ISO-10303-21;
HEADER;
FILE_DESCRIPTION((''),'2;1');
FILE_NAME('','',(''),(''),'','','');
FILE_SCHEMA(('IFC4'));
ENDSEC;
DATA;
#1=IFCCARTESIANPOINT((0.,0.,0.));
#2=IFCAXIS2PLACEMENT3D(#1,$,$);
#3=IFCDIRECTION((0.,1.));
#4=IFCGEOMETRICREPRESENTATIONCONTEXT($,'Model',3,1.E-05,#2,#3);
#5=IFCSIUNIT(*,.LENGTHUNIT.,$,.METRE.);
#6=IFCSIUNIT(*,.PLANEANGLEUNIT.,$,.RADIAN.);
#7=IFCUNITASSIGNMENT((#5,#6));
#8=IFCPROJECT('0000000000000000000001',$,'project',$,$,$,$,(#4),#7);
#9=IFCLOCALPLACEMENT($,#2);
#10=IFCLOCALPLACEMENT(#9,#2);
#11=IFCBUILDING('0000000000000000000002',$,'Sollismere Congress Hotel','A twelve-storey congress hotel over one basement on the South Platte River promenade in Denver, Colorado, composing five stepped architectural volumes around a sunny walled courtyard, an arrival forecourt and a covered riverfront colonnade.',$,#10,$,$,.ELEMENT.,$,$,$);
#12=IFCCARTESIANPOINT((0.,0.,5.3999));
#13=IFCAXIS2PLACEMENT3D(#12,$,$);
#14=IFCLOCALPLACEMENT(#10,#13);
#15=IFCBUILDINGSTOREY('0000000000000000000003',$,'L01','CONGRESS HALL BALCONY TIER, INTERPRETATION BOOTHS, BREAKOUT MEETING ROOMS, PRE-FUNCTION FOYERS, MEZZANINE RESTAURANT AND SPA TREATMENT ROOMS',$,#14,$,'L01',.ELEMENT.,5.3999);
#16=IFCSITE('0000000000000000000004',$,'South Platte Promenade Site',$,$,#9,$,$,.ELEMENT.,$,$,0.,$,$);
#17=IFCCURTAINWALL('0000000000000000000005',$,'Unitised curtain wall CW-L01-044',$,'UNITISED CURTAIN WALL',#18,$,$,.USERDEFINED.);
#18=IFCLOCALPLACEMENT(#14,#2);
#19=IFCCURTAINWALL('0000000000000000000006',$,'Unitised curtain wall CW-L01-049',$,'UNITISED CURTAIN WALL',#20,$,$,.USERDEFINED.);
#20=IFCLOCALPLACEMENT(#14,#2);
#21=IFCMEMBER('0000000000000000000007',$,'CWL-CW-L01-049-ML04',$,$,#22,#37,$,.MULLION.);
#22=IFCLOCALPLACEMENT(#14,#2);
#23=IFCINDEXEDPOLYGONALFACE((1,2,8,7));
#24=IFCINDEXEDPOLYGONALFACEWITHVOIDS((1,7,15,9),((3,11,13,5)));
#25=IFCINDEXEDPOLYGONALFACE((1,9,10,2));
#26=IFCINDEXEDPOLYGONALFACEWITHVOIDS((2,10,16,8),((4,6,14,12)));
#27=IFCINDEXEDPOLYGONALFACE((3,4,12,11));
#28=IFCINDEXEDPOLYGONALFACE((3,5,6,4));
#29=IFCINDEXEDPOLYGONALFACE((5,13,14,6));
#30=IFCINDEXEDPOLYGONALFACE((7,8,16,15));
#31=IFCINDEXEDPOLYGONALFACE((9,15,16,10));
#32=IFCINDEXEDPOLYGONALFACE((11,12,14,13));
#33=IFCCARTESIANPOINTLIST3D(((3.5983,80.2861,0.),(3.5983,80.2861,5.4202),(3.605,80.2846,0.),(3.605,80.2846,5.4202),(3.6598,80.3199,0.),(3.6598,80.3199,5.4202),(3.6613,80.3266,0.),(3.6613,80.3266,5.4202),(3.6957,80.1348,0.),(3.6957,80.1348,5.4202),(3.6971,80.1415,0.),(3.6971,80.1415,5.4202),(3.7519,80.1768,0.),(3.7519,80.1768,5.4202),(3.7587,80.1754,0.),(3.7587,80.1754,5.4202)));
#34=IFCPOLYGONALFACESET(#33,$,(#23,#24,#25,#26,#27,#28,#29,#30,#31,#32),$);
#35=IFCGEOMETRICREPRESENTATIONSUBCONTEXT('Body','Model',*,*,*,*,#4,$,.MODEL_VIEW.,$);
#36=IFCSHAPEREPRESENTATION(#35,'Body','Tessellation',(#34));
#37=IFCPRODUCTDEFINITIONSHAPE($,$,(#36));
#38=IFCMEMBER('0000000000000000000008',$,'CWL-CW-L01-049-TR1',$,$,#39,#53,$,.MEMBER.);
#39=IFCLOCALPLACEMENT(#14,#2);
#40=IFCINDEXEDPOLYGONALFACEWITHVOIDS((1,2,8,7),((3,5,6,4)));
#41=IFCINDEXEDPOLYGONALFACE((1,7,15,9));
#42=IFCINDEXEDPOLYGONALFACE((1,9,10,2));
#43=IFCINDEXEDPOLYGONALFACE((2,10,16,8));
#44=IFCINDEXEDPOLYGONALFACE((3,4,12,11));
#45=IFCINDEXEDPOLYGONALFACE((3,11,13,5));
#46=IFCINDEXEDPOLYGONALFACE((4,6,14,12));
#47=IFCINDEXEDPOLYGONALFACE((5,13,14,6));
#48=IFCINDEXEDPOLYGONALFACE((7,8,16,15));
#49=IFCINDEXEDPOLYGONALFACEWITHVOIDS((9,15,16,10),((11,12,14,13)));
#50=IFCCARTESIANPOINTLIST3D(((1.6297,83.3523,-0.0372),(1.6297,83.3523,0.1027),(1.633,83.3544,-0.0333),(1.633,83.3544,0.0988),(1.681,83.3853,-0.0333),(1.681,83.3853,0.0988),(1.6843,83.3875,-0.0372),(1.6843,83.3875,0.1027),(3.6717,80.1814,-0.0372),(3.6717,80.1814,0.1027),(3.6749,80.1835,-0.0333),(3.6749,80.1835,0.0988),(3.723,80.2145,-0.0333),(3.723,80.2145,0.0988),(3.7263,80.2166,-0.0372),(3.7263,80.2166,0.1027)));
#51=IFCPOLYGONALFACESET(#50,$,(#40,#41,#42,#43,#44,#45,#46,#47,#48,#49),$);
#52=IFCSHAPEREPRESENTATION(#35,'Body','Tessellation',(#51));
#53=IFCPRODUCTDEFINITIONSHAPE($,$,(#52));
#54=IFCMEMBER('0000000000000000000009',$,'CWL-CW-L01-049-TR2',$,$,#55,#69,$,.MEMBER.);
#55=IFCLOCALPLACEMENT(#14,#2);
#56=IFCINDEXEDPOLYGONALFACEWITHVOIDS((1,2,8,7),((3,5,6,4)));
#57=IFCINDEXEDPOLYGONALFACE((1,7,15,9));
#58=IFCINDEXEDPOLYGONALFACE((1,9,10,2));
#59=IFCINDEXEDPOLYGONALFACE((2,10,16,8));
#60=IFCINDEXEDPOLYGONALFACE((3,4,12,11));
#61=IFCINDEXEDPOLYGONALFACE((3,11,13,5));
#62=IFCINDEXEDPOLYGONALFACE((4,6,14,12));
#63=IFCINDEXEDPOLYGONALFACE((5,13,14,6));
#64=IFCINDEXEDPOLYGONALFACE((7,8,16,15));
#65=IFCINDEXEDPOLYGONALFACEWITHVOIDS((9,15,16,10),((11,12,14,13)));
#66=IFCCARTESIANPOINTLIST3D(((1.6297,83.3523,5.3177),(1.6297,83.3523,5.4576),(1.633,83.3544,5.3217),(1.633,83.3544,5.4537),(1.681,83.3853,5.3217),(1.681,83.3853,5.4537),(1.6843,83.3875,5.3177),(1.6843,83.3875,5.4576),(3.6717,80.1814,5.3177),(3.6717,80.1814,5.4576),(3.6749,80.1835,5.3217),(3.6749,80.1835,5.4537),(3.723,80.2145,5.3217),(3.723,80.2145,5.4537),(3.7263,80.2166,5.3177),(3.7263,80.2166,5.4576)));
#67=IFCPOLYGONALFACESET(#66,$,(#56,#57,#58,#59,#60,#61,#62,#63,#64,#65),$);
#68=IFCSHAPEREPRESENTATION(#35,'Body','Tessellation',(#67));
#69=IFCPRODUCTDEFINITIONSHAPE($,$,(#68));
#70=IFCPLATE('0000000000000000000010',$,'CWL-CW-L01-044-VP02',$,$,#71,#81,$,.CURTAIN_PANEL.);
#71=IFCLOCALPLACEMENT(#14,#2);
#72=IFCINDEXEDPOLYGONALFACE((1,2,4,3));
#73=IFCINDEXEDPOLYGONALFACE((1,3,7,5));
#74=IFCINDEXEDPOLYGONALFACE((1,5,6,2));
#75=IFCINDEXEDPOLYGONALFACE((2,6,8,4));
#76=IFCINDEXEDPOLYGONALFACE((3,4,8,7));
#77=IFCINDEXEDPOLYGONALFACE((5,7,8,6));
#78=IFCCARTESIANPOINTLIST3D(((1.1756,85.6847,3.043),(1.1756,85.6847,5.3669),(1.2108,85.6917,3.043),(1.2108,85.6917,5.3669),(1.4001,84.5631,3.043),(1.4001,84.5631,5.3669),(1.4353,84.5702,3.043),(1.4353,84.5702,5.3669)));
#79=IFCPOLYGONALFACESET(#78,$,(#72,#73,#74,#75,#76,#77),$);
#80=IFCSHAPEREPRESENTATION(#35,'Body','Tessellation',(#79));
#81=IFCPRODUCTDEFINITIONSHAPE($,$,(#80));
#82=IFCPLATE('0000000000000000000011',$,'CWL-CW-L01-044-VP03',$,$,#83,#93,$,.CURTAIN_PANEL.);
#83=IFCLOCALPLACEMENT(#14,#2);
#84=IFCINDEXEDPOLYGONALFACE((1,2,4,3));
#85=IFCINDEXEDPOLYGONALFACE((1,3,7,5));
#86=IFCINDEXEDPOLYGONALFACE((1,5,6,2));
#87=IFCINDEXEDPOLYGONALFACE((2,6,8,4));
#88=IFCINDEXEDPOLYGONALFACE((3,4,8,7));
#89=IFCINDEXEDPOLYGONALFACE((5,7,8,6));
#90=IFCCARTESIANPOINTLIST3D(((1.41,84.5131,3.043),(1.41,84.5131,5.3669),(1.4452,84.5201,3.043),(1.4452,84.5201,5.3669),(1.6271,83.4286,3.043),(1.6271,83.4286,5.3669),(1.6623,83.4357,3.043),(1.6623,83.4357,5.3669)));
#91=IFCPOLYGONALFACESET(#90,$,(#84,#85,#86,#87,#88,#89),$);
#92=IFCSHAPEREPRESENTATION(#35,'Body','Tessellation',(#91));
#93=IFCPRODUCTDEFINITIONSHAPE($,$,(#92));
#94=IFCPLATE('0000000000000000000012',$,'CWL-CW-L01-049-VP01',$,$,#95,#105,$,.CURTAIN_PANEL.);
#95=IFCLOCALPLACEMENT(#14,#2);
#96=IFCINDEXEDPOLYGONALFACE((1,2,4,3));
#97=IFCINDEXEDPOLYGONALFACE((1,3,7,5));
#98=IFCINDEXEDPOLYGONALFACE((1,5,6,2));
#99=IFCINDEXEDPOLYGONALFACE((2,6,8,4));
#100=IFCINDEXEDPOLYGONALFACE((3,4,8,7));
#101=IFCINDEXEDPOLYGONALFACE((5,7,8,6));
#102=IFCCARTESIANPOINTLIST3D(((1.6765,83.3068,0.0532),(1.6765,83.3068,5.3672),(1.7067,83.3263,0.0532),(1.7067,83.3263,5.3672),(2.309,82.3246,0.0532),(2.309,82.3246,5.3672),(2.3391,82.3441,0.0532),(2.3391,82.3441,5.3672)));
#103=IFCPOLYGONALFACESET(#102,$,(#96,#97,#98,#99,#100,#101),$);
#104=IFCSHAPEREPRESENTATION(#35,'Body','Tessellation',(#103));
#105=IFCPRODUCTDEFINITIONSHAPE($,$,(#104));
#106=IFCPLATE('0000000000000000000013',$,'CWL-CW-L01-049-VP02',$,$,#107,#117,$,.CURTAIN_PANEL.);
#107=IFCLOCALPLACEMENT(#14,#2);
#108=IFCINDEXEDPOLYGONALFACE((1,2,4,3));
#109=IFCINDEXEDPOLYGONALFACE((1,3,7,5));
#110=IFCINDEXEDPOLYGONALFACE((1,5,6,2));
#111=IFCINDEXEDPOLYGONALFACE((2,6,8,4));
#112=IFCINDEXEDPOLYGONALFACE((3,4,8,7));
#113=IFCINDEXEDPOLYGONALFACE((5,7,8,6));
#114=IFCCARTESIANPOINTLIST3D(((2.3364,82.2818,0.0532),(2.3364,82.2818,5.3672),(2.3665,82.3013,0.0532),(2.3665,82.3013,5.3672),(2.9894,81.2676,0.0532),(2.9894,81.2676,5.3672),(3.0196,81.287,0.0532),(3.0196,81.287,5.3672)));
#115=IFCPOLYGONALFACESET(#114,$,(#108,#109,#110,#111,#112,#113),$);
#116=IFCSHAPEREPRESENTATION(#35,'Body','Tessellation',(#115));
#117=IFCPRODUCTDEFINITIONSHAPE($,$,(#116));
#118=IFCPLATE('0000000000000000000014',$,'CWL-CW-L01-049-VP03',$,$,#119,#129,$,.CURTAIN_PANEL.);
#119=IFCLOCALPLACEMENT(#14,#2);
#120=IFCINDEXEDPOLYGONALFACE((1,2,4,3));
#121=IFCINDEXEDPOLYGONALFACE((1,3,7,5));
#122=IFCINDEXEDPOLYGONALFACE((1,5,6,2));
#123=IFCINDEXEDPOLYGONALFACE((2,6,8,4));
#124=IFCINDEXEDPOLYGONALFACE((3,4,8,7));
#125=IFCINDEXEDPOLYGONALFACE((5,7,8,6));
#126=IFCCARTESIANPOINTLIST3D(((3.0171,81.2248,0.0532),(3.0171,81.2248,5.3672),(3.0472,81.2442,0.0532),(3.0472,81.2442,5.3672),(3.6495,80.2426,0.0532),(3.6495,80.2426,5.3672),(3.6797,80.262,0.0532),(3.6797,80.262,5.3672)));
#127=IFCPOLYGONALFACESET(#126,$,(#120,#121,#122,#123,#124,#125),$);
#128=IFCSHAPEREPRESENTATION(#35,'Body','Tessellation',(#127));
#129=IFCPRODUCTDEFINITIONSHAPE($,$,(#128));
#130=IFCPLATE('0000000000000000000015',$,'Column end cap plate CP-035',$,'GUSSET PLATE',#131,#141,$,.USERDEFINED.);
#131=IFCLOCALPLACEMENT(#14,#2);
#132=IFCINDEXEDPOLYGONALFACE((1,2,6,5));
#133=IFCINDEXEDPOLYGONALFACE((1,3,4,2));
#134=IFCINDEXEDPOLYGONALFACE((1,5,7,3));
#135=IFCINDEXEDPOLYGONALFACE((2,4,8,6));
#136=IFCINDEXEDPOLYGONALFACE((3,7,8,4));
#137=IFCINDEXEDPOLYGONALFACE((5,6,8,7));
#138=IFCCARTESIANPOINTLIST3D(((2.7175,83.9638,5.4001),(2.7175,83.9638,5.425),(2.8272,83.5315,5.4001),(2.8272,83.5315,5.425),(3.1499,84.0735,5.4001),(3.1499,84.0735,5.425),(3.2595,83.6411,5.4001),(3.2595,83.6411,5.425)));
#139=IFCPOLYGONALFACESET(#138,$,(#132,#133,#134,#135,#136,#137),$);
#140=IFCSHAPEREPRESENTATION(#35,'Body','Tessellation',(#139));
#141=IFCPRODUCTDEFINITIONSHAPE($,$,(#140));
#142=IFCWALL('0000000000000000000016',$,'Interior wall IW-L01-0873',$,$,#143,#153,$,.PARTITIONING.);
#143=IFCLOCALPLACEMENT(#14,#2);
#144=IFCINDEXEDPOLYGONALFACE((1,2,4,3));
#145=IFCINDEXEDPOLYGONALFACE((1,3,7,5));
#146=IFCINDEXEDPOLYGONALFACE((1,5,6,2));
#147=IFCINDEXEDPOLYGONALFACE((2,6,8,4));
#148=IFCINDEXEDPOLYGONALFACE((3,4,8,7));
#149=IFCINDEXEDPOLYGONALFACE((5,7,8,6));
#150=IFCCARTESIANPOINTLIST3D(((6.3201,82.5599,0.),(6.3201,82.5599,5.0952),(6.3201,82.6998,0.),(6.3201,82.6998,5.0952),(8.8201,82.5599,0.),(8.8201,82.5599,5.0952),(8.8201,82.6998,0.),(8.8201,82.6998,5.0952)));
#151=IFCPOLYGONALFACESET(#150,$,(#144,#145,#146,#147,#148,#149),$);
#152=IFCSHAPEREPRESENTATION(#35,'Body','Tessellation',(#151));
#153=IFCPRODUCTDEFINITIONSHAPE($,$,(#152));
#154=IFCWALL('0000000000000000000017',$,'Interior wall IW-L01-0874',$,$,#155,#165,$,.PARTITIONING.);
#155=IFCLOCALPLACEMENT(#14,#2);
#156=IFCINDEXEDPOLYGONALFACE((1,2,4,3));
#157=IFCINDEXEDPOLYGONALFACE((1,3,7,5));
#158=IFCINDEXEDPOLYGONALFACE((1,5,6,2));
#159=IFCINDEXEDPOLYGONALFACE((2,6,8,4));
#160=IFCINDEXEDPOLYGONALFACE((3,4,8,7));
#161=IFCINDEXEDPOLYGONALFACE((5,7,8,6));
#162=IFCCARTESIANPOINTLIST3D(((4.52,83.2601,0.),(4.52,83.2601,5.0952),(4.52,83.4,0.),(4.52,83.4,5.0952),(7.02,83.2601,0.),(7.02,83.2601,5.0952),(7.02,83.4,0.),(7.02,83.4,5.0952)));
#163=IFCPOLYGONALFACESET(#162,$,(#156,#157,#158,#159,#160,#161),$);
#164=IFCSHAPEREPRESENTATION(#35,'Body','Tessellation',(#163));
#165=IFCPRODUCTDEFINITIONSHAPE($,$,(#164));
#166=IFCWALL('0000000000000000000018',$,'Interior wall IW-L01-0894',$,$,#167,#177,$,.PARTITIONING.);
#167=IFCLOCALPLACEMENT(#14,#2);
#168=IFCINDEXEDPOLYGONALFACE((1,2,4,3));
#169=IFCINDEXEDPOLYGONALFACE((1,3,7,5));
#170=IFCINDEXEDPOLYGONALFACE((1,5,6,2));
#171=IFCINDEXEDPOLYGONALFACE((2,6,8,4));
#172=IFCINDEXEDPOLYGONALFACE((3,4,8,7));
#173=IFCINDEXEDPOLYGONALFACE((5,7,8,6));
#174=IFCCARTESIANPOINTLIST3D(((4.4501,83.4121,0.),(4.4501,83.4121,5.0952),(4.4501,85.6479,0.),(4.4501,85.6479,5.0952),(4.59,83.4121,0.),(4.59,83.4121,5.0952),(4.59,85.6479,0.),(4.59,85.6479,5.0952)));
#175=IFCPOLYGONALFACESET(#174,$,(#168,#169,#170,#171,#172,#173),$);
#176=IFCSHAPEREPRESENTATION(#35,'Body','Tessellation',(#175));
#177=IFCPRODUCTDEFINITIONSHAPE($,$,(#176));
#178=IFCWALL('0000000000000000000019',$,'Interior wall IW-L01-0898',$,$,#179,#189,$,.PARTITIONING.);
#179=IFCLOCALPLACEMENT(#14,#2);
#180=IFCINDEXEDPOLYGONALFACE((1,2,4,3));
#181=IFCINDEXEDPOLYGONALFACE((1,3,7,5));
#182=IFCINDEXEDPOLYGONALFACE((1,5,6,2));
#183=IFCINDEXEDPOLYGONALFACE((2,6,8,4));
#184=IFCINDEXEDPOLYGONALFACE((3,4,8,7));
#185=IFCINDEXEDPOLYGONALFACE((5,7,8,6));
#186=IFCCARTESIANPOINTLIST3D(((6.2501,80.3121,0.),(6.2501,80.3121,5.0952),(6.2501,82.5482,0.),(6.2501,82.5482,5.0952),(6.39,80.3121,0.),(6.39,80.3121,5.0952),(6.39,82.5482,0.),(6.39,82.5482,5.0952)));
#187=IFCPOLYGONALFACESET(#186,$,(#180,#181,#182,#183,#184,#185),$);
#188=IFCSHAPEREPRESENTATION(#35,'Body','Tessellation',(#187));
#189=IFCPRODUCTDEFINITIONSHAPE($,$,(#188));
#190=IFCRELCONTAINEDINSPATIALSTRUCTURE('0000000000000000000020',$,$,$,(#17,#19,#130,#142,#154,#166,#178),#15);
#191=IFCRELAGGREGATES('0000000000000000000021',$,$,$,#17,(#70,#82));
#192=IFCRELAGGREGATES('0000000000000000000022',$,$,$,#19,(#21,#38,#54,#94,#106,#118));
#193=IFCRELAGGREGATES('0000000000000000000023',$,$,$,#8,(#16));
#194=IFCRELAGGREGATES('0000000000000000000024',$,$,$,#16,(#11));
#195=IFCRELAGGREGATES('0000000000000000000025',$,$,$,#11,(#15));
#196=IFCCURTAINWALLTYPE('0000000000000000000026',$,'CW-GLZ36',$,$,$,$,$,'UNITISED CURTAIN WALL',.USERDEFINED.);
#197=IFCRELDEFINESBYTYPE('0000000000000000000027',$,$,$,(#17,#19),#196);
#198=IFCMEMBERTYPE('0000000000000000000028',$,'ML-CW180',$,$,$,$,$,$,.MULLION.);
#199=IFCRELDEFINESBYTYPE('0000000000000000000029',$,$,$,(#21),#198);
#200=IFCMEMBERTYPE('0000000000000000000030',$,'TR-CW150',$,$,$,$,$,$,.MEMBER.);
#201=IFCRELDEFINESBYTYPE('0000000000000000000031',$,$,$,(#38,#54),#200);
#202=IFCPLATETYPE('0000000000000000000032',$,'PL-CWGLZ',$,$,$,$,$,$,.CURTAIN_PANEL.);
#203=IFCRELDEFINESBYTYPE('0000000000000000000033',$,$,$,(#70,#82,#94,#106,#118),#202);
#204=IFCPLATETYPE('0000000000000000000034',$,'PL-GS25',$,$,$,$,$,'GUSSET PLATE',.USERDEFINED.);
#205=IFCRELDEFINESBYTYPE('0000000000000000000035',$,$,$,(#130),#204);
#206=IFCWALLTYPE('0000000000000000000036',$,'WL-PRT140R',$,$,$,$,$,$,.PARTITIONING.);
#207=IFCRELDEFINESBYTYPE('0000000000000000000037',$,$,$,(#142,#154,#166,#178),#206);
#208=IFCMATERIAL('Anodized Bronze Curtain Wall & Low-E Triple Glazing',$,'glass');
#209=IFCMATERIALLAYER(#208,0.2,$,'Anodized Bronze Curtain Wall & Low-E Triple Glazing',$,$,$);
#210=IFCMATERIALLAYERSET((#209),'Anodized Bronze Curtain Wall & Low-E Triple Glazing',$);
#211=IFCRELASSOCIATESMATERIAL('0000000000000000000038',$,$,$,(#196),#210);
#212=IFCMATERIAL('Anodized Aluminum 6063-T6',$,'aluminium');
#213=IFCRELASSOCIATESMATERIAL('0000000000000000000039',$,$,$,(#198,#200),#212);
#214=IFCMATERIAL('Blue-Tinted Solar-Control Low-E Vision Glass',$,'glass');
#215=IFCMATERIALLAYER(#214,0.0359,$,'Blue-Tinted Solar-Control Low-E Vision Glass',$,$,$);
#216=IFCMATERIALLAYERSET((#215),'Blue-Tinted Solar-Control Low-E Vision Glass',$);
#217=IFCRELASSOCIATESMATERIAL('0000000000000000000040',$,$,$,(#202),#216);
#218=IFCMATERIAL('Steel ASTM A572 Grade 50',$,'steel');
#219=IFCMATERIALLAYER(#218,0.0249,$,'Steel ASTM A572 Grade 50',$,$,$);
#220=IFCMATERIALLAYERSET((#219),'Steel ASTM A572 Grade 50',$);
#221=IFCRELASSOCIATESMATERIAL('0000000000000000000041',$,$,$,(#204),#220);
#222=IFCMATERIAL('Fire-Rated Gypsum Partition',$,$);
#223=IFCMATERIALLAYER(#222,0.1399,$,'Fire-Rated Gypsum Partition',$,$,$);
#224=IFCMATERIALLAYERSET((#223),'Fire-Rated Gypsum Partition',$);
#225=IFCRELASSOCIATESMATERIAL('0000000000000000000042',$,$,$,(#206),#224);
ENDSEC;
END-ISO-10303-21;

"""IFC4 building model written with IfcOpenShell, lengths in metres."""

from ifc_helpers import new_model, si_unit, direction, frame, frame_2d, origin, origin_2d, place, context, subcontext, project, spatial, rectangle, hollow_rectangle, extrude, material, layer, layer_set, material_profile, profile_set, type_object, element, aggregate, save


model = new_model("IFC4")

# Units and contexts
model_context = context("Model", 3, precision=1e-05, world=origin(), true_north=direction((0.0, 1.0)))
body_context = subcontext(model_context, "Body", "Model", "MODEL_VIEW")
ifc_project = project(units=[si_unit("LENGTHUNIT", "METRE"), si_unit("PLANEANGLEUNIT", "RADIAN")], contexts=[model_context])

# Site, building, storey
site_placement = place(None, origin())
site = spatial("IfcSite", under=ifc_project, at=site_placement, Name="South Platte Promenade Site", CompositionType="ELEMENT", RefElevation=0.0)
building_placement = place(site_placement, origin())
building = spatial("IfcBuilding", under=site, at=building_placement, Name="Sollismere Congress Hotel", Description="A twelve-storey congress hotel over one basement on the South Platte River promenade in Denver, Colorado, composing five stepped architectural volumes around a sunny walled courtyard, an arrival forecourt and a covered riverfront colonnade.", CompositionType="ELEMENT")
storey_placement = place(building_placement, frame((0.0, 0.0, 5.3999)))
storey = spatial("IfcBuildingStorey", under=building, at=storey_placement, Name="L01", Description="CONGRESS HALL BALCONY TIER, INTERPRETATION BOOTHS, BREAKOUT MEETING ROOMS, PRE-FUNCTION FOYERS, MEZZANINE RESTAURANT AND SPA TREATMENT ROOMS", LongName="L01", CompositionType="ELEMENT", Elevation=5.3999)

# Curtain walls, members
ifc_material_1 = material(Name="Anodized Bronze Curtain Wall & Low-E Triple Glazing", Category="glass")
ifc_layer_1 = layer(ifc_material_1, 0.2, Name="Anodized Bronze Curtain Wall & Low-E Triple Glazing")
ifc_layer_set_1 = layer_set([ifc_layer_1], Name="Anodized Bronze Curtain Wall & Low-E Triple Glazing")
curtain_wall_type = type_object("IfcCurtainWallType", Name="CW-GLZ36", ElementType="UNITISED CURTAIN WALL", PredefinedType="USERDEFINED", material=ifc_layer_set_1)
curtain_wall_1_placement = place(storey_placement, origin())
curtain_wall_1 = element("IfcCurtainWall", 1, at=curtain_wall_1_placement, inside=storey, type_object=curtain_wall_type, Name="Unitised curtain wall CW-L01-044", ObjectType="UNITISED CURTAIN WALL", PredefinedType="USERDEFINED")
ifc_material_2 = material(Name="Anodized Aluminum 6063-T6", Category="aluminium")
ifc_material_profile_1 = material_profile(ifc_material_2, hollow_rectangle(XDim=0.075, YDim=0.1799, WallThickness=0.0049, at=origin_2d()), Name="ALU180X75X5")
ifc_profile_set_1 = profile_set([ifc_material_profile_1], Name="Anodized Aluminum 6063-T6")
member_type_1 = type_object("IfcMemberType", Name="ML-CW180", PredefinedType="MULLION", material=ifc_profile_set_1)
curtain_wall_2_placement = place(storey_placement, origin())
curtain_wall_2 = element("IfcCurtainWall", 2, at=curtain_wall_2_placement, inside=storey, type_object=curtain_wall_type, Name="Unitised curtain wall CW-L01-049", ObjectType="UNITISED CURTAIN WALL", PredefinedType="USERDEFINED")
member_1_placement = place(storey_placement, frame((3.6785, 80.2307, 0.0), z_axis=(0.0, 0.0, 1.0), x_axis=(0.840775, 0.541385, 0.0)))
member_1 = element("IfcMember", 3, at=member_1_placement, type_object=member_type_1, Name="CWL-CW-L01-049-ML04", PredefinedType="MULLION", context=body_context, shape_type="SweptSolid", body=[
    extrude(hollow_rectangle(XDim=0.075, YDim=0.1799, WallThickness=0.0049, at=origin_2d()), origin(), (0.0, 0.0, 1.0), 5.4202),
])
ifc_material_profile_2 = material_profile(ifc_material_2, hollow_rectangle(XDim=0.0649, YDim=0.1399, WallThickness=0.0039, at=origin_2d()), Name="ALU140X65X4")
ifc_profile_set_2 = profile_set([ifc_material_profile_2], Name="Anodized Aluminum 6063-T6")
member_type_2 = type_object("IfcMemberType", Name="TR-CW150", PredefinedType="MEMBER", material=ifc_profile_set_2)
member_2_placement = place(storey_placement, frame((1.657, 83.3699, 0.0327), z_axis=(0.541425, -0.840749, 0.0), x_axis=(0.840749, 0.541425, 0.0)))
member_2 = element("IfcMember", 4, at=member_2_placement, type_object=member_type_2, Name="CWL-CW-L01-049-TR1", PredefinedType="MEMBER", context=body_context, shape_type="SweptSolid", body=[
    extrude(hollow_rectangle(XDim=0.0649, YDim=0.1399, WallThickness=0.0039, at=origin_2d()), origin(), (0.0, 0.0, 1.0), 3.7715),
])
member_3_placement = place(storey_placement, frame((1.657, 83.3699, 5.3877), z_axis=(0.541425, -0.840749, 0.0), x_axis=(0.840749, 0.541425, 0.0)))
member_3 = element("IfcMember", 5, at=member_3_placement, type_object=member_type_2, Name="CWL-CW-L01-049-TR2", PredefinedType="MEMBER", context=body_context, shape_type="SweptSolid", body=[
    extrude(hollow_rectangle(XDim=0.0649, YDim=0.1399, WallThickness=0.0039, at=origin_2d()), origin(), (0.0, 0.0, 1.0), 3.7715),
])

# Plates
ifc_material_3 = material(Name="Blue-Tinted Solar-Control Low-E Vision Glass", Category="glass")
ifc_layer_2 = layer(ifc_material_3, 0.0359, Name="Blue-Tinted Solar-Control Low-E Vision Glass")
ifc_layer_set_2 = layer_set([ifc_layer_2], Name="Blue-Tinted Solar-Control Low-E Vision Glass")
plate_type_1 = type_object("IfcPlateType", Name="PL-CWGLZ", PredefinedType="CURTAIN_PANEL", material=ifc_layer_set_2)
plate_1_placement = place(storey_placement, frame((1.3054, 85.1274, 3.043), z_axis=(0.0, 0.0, 1.0), x_axis=(0.196254, -0.980553, 0.0)))
plate_1 = element("IfcPlate", 6, at=plate_1_placement, type_object=plate_type_1, Name="CWL-CW-L01-044-VP02", PredefinedType="CURTAIN_PANEL", context=body_context, shape_type="SweptSolid", body=[
    extrude(rectangle(XDim=1.1438, YDim=0.0359, at=origin_2d()), origin(), (0.0, 0.0, 1.0), 2.324),
])
plate_2_placement = place(storey_placement, frame((1.5361, 83.9744, 3.043), z_axis=(0.0, 0.0, 1.0), x_axis=(0.196254, -0.980553, 0.0)))
plate_2 = element("IfcPlate", 7, at=plate_2_placement, type_object=plate_type_1, Name="CWL-CW-L01-044-VP03", PredefinedType="CURTAIN_PANEL", context=body_context, shape_type="SweptSolid", body=[
    extrude(rectangle(XDim=1.106, YDim=0.0359, at=origin_2d()), origin(), (0.0, 0.0, 1.0), 2.324),
])
aggregate(curtain_wall_1, [plate_1, plate_2])
plate_3_placement = place(storey_placement, frame((2.0078, 82.8254, 0.0532), z_axis=(0.0, 0.0, 1.0), x_axis=(0.541385, -0.840775, 0.0)))
plate_3 = element("IfcPlate", 8, at=plate_3_placement, type_object=plate_type_1, Name="CWL-CW-L01-049-VP01", PredefinedType="CURTAIN_PANEL", context=body_context, shape_type="SweptSolid", body=[
    extrude(rectangle(XDim=1.1682, YDim=0.0359, at=origin_2d()), origin(), (0.0, 0.0, 1.0), 5.314),
])
plate_4_placement = place(storey_placement, frame((2.678, 81.7844, 0.0532), z_axis=(0.0, 0.0, 1.0), x_axis=(0.541385, -0.840775, 0.0)))
plate_4 = element("IfcPlate", 9, at=plate_4_placement, type_object=plate_type_1, Name="CWL-CW-L01-049-VP02", PredefinedType="CURTAIN_PANEL", context=body_context, shape_type="SweptSolid", body=[
    extrude(rectangle(XDim=1.2063, YDim=0.0359, at=origin_2d()), origin(), (0.0, 0.0, 1.0), 5.314),
])
plate_5_placement = place(storey_placement, frame((3.3484, 80.7434, 0.0532), z_axis=(0.0, 0.0, 1.0), x_axis=(0.541385, -0.840775, 0.0)))
plate_5 = element("IfcPlate", 10, at=plate_5_placement, type_object=plate_type_1, Name="CWL-CW-L01-049-VP03", PredefinedType="CURTAIN_PANEL", context=body_context, shape_type="SweptSolid", body=[
    extrude(rectangle(XDim=1.1682, YDim=0.0359, at=origin_2d()), origin(), (0.0, 0.0, 1.0), 5.314),
])
aggregate(curtain_wall_2, [member_1, member_2, member_3, plate_3, plate_4, plate_5])
ifc_material_4 = material(Name="Steel ASTM A572 Grade 50", Category="steel")
ifc_layer_3 = layer(ifc_material_4, 0.0249, Name="Steel ASTM A572 Grade 50")
ifc_layer_set_3 = layer_set([ifc_layer_3], Name="Steel ASTM A572 Grade 50")
plate_type_2 = type_object("IfcPlateType", Name="PL-GS25", ElementType="GUSSET PLATE", PredefinedType="USERDEFINED", material=ifc_layer_set_3)
plate_6_placement = place(storey_placement, frame((2.9885, 83.8025, 5.4001), z_axis=(0.0, 0.0, 1.0), x_axis=(-0.969317, -0.245815, 0.0)))
element("IfcPlate", 11, at=plate_6_placement, inside=storey, type_object=plate_type_2, Name="Column end cap plate CP-035", ObjectType="GUSSET PLATE", PredefinedType="USERDEFINED", context=body_context, shape_type="SweptSolid", body=[
    extrude(rectangle(XDim=0.446, YDim=0.446, at=origin_2d()), origin(), (0.0, 0.0, 1.0), 0.0249),
])

# Walls
ifc_material_5 = material(Name="Fire-Rated Gypsum Partition")
ifc_layer_4 = layer(ifc_material_5, 0.1399, Name="Fire-Rated Gypsum Partition")
ifc_layer_set_4 = layer_set([ifc_layer_4], Name="Fire-Rated Gypsum Partition")
wall_type = type_object("IfcWallType", Name="WL-PRT140R", PredefinedType="PARTITIONING", material=ifc_layer_set_4)
for number, where, z_axis, x_axis, name in (
    (12, (6.3201, 82.6299, 0.0), (0.0, 0.0, 1.0), (1.0, 0.0, 0.0), "Interior wall IW-L01-0873"),
    (13, (4.52, 83.3301, 0.0), (0.0, 0.0, 1.0), (1.0, 0.0, 0.0), "Interior wall IW-L01-0874"),
):
    element("IfcWall", number, at=place(storey_placement, frame(where, z_axis=z_axis, x_axis=x_axis)), inside=storey, type_object=wall_type, Name=name, PredefinedType="PARTITIONING", context=body_context, shape_type="SweptSolid", body=[
        extrude(rectangle(XDim=2.5, YDim=0.1399, at=frame_2d((1.25, 0.0))), origin(), (0.0, 0.0, 1.0), 5.0952),
    ])
wall_1_placement = place(storey_placement, frame((4.52, 83.4121, 0.0), z_axis=(0.0, 0.0, 1.0), x_axis=(0.0, 1.0, 0.0)))
element("IfcWall", 14, at=wall_1_placement, inside=storey, type_object=wall_type, Name="Interior wall IW-L01-0894", PredefinedType="PARTITIONING", context=body_context, shape_type="SweptSolid", body=[
    extrude(rectangle(XDim=2.2358, YDim=0.1399, at=frame_2d((1.1179, 0.0))), origin(), (0.0, 0.0, 1.0), 5.0952),
])
wall_2_placement = place(storey_placement, frame((6.3201, 80.312, 0.0), z_axis=(0.0, 0.0, 1.0), x_axis=(0.0, 1.0, 0.0)))
element("IfcWall", 15, at=wall_2_placement, inside=storey, type_object=wall_type, Name="Interior wall IW-L01-0898", PredefinedType="PARTITIONING", context=body_context, shape_type="SweptSolid", body=[
    extrude(rectangle(XDim=2.2361, YDim=0.1399, at=frame_2d((1.1182, 0.0))), origin(), (0.0, 0.0, 1.0), 5.0952),
])

save(model, "model.ifc")
